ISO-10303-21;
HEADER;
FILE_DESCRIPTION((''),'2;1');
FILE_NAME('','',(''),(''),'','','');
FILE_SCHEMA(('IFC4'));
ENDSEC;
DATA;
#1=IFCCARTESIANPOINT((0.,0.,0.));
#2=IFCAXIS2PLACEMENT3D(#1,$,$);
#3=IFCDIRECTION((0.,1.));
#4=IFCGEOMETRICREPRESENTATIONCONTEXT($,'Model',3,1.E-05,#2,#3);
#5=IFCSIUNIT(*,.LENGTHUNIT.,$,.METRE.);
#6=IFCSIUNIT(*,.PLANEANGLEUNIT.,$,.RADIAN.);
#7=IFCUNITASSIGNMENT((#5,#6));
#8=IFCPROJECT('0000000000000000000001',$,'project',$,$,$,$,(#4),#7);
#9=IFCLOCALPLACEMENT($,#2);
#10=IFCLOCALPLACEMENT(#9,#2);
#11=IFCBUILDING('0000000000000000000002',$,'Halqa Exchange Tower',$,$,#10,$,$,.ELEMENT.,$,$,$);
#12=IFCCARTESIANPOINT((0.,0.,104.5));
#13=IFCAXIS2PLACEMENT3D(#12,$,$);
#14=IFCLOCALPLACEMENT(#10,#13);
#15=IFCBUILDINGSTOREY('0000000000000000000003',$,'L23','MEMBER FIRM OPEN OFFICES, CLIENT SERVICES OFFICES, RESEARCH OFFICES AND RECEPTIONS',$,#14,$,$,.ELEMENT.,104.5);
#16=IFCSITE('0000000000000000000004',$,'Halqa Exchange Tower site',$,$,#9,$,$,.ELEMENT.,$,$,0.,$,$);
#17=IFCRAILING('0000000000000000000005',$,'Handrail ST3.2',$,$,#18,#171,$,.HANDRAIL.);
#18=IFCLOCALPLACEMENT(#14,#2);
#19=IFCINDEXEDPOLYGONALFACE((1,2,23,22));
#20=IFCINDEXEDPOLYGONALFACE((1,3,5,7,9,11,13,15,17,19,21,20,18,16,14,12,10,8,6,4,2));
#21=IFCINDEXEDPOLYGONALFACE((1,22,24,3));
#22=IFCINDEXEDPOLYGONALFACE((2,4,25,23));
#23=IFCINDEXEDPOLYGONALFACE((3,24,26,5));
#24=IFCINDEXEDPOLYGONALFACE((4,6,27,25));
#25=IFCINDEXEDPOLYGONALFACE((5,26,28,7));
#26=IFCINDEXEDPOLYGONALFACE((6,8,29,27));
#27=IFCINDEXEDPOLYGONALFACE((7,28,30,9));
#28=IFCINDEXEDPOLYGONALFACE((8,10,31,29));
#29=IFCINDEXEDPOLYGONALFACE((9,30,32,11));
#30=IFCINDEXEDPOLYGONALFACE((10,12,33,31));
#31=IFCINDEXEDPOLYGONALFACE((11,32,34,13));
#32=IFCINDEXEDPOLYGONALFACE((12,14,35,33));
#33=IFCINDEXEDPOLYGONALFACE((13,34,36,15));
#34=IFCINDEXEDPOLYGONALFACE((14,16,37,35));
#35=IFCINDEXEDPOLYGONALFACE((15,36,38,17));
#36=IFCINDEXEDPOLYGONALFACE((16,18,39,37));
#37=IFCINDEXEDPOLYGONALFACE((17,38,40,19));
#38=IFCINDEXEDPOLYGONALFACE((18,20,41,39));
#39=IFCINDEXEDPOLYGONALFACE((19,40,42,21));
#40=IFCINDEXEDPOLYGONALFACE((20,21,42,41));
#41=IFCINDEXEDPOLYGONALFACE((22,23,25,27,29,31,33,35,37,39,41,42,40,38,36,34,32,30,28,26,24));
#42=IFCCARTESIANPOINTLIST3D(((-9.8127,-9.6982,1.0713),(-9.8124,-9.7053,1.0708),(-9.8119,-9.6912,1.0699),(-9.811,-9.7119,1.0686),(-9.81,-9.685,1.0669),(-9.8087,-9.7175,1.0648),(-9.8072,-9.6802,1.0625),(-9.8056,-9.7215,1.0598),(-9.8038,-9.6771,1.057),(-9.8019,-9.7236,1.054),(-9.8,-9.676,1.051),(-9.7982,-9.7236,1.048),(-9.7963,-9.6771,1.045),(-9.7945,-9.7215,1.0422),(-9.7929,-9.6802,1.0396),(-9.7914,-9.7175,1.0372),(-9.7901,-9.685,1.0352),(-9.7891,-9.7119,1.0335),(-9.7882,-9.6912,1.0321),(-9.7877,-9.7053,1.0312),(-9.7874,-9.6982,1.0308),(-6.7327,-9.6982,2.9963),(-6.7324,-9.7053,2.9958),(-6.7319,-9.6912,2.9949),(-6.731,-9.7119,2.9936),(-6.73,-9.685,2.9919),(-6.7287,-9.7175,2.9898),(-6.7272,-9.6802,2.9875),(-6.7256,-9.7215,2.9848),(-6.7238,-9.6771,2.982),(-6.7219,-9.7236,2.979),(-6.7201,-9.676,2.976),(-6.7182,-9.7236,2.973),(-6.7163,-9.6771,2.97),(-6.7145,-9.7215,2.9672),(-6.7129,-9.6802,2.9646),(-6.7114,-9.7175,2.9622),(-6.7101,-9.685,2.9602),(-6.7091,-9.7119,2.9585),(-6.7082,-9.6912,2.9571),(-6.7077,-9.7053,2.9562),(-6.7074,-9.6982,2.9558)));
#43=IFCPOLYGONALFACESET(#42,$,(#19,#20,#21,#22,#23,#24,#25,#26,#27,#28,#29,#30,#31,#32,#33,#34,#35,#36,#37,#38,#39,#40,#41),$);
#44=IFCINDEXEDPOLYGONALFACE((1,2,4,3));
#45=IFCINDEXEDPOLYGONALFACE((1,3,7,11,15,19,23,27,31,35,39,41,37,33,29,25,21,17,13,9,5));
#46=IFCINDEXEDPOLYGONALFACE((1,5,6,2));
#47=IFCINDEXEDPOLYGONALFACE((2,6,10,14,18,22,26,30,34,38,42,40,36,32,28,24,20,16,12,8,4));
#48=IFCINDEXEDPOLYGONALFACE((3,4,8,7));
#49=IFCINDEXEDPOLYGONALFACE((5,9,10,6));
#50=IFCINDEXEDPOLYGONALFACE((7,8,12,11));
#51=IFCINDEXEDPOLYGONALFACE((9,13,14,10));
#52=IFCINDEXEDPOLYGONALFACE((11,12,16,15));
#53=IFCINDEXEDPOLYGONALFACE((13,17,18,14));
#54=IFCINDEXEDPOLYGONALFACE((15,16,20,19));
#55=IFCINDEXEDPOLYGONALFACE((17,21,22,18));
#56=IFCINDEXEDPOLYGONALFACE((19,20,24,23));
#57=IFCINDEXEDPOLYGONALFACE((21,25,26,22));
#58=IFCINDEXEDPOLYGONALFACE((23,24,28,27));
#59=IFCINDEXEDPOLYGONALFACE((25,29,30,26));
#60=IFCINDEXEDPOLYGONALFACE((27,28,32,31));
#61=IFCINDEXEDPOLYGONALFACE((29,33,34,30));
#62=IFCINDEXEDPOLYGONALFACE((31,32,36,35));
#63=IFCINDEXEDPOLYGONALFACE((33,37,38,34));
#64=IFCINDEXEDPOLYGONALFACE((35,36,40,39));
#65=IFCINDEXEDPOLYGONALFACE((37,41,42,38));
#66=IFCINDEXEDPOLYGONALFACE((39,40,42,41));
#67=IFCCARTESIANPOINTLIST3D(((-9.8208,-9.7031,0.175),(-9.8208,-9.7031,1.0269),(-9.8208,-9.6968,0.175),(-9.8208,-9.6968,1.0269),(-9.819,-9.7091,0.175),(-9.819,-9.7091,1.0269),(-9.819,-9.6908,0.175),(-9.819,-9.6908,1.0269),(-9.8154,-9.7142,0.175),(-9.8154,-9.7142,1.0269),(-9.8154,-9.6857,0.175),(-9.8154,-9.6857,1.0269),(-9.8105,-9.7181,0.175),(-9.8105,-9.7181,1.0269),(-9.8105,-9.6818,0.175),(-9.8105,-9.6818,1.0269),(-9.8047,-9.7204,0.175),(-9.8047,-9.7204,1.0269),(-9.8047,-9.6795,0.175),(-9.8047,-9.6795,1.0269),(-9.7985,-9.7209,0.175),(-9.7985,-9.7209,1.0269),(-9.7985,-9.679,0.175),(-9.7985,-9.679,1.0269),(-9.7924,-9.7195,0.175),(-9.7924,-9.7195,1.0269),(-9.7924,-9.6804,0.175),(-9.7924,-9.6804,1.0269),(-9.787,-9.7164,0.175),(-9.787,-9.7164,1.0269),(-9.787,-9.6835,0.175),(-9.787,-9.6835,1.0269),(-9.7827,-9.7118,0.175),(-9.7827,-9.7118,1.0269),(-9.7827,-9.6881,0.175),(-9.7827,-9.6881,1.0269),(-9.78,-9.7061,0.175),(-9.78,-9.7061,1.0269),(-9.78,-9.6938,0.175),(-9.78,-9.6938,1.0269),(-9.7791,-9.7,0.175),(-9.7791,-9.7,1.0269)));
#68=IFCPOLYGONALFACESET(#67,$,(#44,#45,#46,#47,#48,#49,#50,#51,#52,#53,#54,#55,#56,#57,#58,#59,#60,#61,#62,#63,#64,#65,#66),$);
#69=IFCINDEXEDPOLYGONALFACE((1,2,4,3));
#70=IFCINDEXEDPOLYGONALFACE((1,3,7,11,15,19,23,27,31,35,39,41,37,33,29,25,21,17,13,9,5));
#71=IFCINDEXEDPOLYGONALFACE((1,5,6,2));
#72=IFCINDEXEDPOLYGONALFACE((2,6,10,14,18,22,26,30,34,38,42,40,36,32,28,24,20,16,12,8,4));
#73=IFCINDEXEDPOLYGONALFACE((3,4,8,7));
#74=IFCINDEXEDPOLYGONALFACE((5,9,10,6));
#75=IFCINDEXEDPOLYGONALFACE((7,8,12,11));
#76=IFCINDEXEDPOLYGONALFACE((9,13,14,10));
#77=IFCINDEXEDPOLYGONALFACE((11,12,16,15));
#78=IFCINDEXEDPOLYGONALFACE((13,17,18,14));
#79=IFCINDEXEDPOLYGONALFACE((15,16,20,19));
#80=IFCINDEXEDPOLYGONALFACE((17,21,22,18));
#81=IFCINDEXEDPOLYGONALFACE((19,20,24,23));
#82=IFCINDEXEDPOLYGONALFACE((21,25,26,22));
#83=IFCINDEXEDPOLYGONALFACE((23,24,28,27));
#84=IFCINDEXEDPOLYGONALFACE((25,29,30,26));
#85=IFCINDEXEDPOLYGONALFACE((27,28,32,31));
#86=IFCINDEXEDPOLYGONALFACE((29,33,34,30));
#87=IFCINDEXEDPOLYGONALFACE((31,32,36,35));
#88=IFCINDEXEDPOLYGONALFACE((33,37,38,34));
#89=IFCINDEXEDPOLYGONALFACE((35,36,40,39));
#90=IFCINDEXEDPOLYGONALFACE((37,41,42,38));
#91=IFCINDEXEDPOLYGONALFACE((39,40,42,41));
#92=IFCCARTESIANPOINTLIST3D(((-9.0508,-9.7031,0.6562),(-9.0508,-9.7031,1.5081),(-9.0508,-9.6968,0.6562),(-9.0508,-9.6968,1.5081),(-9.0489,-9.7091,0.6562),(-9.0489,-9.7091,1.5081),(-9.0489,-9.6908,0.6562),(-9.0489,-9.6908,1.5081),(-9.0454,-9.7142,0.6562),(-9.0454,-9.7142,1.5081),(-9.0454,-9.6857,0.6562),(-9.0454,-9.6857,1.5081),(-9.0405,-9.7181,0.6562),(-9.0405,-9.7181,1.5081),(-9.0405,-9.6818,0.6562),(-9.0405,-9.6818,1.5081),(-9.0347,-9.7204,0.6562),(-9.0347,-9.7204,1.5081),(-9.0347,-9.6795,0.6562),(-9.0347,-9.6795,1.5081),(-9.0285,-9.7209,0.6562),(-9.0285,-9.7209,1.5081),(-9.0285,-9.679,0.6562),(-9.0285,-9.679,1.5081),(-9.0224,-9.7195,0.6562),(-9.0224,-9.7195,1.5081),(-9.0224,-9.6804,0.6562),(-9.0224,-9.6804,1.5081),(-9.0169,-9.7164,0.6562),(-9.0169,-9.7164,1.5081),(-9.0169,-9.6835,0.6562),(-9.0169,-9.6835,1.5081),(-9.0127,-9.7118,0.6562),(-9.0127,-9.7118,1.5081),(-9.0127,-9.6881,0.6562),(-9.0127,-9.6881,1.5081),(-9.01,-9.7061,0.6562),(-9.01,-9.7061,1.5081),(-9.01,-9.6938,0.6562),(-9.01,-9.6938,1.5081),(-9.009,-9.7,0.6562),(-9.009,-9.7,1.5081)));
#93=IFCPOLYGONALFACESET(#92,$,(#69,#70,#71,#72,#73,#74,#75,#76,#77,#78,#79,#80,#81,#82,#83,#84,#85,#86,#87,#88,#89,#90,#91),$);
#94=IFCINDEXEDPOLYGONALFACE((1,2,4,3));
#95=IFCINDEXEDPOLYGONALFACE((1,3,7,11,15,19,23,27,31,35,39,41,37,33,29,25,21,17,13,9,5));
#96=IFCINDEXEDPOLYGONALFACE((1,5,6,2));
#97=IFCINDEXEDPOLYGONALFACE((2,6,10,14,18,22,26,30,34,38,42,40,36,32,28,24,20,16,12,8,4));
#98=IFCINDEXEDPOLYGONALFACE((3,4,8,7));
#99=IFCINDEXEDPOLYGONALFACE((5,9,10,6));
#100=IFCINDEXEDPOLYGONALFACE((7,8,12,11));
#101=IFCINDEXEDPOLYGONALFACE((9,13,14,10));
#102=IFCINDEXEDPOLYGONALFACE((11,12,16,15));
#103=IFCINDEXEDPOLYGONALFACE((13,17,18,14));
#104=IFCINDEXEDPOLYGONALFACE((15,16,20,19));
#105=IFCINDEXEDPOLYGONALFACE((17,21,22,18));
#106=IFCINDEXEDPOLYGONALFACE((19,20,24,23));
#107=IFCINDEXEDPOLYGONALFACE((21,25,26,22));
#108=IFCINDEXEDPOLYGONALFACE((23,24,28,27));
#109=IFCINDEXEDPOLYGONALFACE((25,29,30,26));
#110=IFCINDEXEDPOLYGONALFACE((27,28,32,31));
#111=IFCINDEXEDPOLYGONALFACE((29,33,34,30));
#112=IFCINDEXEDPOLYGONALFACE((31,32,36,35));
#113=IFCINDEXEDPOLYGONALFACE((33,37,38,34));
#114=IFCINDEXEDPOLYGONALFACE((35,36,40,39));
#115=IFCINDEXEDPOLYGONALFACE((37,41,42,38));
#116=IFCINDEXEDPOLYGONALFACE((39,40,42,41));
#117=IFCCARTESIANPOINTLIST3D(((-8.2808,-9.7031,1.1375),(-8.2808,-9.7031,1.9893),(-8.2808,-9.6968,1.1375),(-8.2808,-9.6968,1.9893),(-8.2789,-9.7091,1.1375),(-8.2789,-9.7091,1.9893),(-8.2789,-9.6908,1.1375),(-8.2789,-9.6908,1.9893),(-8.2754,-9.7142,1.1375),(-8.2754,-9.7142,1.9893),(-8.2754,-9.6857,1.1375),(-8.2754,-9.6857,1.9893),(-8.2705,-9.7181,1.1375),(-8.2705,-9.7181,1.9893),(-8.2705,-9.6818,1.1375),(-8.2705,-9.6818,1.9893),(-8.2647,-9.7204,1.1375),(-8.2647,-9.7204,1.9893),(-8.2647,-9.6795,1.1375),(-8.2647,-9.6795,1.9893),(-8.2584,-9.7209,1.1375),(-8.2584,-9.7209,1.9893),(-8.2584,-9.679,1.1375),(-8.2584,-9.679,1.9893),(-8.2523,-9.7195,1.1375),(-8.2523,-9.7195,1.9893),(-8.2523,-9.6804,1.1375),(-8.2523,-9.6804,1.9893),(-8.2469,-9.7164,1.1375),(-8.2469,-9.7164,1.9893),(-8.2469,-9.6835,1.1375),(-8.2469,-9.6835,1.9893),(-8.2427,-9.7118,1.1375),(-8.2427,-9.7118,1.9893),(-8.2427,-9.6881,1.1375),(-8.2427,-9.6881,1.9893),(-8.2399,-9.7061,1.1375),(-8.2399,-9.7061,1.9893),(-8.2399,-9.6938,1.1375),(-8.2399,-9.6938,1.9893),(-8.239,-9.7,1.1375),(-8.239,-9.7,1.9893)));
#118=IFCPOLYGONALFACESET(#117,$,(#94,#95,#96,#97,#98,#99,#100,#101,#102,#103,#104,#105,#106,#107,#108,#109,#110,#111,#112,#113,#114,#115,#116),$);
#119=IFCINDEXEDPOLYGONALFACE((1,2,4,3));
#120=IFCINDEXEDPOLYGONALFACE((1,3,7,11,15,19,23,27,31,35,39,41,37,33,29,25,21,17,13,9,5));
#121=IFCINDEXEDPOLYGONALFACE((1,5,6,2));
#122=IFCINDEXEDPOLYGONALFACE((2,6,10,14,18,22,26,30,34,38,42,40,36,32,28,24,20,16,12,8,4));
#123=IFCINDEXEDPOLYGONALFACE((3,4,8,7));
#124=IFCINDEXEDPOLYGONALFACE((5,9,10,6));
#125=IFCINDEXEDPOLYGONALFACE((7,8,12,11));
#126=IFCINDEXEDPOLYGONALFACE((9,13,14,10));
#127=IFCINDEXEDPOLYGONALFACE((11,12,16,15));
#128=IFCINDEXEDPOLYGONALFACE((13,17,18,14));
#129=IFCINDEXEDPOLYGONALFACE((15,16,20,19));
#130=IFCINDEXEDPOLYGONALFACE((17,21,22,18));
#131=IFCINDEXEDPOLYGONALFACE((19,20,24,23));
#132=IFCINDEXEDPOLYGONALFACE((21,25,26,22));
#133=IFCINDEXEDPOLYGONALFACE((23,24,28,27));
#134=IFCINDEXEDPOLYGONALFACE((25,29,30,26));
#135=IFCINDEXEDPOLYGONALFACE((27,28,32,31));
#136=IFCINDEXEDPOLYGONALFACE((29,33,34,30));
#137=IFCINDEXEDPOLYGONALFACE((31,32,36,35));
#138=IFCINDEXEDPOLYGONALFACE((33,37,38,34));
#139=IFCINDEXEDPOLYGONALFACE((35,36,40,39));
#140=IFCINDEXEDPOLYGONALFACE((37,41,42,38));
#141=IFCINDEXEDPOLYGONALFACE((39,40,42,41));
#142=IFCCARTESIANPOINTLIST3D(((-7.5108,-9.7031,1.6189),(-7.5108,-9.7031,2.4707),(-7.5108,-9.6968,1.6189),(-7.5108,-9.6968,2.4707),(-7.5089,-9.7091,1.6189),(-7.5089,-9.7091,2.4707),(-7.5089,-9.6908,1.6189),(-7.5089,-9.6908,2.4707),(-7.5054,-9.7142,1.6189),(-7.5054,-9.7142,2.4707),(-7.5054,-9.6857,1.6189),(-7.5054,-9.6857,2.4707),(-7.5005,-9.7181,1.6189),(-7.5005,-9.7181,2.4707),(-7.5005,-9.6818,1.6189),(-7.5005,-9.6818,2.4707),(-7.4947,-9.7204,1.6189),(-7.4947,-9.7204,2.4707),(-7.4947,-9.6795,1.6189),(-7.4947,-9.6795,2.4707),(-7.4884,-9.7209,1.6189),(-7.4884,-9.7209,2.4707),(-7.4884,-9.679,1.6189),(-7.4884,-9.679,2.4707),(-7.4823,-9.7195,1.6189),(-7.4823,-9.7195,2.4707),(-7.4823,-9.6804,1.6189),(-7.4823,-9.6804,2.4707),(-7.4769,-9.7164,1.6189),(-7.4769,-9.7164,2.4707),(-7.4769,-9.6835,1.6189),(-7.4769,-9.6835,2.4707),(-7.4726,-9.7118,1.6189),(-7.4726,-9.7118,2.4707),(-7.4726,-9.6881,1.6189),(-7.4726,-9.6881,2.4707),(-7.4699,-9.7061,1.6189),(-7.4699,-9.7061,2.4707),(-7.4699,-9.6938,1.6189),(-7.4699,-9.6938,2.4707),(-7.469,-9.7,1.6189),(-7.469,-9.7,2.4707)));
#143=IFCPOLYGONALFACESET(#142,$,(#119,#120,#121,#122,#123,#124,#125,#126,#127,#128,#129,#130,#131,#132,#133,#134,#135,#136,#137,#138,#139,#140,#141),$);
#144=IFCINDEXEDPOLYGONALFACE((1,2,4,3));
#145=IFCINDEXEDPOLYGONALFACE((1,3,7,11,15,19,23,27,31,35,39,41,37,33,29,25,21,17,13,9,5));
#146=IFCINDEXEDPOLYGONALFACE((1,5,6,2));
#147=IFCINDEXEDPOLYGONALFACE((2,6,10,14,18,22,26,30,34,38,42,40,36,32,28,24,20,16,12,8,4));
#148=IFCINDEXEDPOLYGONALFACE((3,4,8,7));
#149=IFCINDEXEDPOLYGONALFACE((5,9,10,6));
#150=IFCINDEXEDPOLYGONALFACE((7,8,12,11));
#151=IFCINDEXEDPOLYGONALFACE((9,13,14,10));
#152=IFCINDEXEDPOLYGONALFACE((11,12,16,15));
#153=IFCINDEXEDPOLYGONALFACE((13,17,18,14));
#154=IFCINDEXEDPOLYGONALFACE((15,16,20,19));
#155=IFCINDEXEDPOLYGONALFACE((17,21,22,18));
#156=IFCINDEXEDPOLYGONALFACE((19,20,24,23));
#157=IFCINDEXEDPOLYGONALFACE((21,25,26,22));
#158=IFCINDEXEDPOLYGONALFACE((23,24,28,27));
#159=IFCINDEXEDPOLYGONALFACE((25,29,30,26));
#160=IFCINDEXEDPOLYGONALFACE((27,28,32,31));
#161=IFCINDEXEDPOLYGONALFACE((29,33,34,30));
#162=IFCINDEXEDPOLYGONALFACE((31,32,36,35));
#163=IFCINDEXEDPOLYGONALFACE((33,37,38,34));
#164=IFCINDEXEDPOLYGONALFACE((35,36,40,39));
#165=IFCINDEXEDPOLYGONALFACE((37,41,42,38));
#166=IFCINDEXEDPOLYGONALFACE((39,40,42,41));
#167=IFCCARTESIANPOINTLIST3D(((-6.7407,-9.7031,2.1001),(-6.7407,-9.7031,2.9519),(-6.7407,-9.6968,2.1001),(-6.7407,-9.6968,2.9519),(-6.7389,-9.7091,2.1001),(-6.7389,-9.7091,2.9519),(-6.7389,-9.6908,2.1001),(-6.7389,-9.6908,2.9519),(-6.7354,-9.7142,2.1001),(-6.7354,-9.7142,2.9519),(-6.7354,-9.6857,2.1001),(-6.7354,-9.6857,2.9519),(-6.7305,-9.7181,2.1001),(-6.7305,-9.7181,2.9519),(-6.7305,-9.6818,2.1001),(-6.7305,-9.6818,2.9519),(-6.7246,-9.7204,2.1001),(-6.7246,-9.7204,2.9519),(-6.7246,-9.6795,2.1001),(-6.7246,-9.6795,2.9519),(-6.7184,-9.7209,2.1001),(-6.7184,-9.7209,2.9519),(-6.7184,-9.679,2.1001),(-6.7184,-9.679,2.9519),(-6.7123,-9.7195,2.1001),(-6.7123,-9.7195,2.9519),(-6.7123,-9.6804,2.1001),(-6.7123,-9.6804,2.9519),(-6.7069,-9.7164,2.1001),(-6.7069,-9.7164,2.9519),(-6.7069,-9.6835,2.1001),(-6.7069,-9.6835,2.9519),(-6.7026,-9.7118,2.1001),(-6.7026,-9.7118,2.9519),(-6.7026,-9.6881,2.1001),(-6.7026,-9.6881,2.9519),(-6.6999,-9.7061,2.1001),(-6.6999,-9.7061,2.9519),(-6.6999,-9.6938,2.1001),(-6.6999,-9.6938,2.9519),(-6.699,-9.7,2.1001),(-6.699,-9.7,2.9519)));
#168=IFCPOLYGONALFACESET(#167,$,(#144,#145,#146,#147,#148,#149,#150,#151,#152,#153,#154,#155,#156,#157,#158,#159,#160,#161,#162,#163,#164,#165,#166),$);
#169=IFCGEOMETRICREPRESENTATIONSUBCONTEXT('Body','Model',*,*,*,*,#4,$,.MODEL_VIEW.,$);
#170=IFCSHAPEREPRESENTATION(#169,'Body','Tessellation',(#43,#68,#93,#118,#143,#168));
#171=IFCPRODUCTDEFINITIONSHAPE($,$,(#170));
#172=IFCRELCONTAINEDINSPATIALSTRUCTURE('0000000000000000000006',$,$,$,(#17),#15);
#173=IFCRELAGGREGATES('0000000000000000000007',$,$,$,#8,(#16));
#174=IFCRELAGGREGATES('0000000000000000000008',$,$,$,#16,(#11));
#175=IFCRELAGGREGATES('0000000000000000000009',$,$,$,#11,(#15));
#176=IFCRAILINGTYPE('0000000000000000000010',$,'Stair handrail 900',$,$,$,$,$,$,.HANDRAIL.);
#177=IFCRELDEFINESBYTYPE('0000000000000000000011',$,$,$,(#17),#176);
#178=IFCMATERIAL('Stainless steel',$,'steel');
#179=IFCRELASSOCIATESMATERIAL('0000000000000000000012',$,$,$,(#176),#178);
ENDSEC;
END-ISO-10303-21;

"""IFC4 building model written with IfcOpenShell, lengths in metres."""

from ifc_helpers import new_model, si_unit, direction, frame, origin, origin_2d, place, context, subcontext, project, spatial, circle, extrude, material, type_object, element, save


model = new_model("IFC4")

# Units and contexts
model_context = context("Model", 3, precision=1e-05, world=origin(), true_north=direction((0.0, 1.0)))
body_context = subcontext(model_context, "Body", "Model", "MODEL_VIEW")
ifc_project = project(units=[si_unit("LENGTHUNIT", "METRE"), si_unit("PLANEANGLEUNIT", "RADIAN")], contexts=[model_context])

# Site, building, storey
site_placement = place(None, origin())
site = spatial("IfcSite", under=ifc_project, at=site_placement, Name="Halqa Exchange Tower site", CompositionType="ELEMENT", RefElevation=0.0)
building_placement = place(site_placement, origin())
building = spatial("IfcBuilding", under=site, at=building_placement, Name="Halqa Exchange Tower", CompositionType="ELEMENT")
storey_placement = place(building_placement, frame((0.0, 0.0, 104.5)))
storey = spatial("IfcBuildingStorey", under=building, at=storey_placement, Name="L23", Description="MEMBER FIRM OPEN OFFICES, CLIENT SERVICES OFFICES, RESEARCH OFFICES AND RECEPTIONS", CompositionType="ELEMENT", Elevation=104.5)

# Shared definitions
ifc_material_1 = material(Name="Stainless steel", Category="steel")

# Railing
railing_type_1 = type_object("IfcRailingType", Name="Stair handrail 900", PredefinedType="HANDRAIL", material=ifc_material_1)
railing_1_placement = place(storey_placement, frame((-9.8, -9.7, 0.175)))
element("IfcRailing", 1, at=railing_1_placement, inside=storey, type_object=railing_type_1, Name="Handrail ST3.2", PredefinedType="HANDRAIL", context=body_context, shape_type="SweptSolid", body=[
    extrude(circle(Radius=0.0239, at=origin_2d()), frame((0.0, 0.0, 0.876), z_axis=(0.847998, 0.0, 0.529999), x_axis=(0.0, 1.0, 0.0)), (0.0, 0.0, 1.0), 3.6321),
    extrude(circle(Radius=0.021, at=origin_2d()), origin(), (0.0, 0.0, 1.0), 0.8518),
    extrude(circle(Radius=0.021, at=origin_2d()), frame((0.77, 0.0, 0.4812)), (0.0, 0.0, 1.0), 0.8518),
    extrude(circle(Radius=0.021, at=origin_2d()), frame((1.54, 0.0, 0.9624)), (0.0, 0.0, 1.0), 0.8518),
    extrude(circle(Radius=0.021, at=origin_2d()), frame((2.3101, 0.0, 1.4438)), (0.0, 0.0, 1.0), 0.8518),
    extrude(circle(Radius=0.021, at=origin_2d()), frame((3.0801, 0.0, 1.925)), (0.0, 0.0, 1.0), 0.8518),
])

save(model, "model.ifc")
